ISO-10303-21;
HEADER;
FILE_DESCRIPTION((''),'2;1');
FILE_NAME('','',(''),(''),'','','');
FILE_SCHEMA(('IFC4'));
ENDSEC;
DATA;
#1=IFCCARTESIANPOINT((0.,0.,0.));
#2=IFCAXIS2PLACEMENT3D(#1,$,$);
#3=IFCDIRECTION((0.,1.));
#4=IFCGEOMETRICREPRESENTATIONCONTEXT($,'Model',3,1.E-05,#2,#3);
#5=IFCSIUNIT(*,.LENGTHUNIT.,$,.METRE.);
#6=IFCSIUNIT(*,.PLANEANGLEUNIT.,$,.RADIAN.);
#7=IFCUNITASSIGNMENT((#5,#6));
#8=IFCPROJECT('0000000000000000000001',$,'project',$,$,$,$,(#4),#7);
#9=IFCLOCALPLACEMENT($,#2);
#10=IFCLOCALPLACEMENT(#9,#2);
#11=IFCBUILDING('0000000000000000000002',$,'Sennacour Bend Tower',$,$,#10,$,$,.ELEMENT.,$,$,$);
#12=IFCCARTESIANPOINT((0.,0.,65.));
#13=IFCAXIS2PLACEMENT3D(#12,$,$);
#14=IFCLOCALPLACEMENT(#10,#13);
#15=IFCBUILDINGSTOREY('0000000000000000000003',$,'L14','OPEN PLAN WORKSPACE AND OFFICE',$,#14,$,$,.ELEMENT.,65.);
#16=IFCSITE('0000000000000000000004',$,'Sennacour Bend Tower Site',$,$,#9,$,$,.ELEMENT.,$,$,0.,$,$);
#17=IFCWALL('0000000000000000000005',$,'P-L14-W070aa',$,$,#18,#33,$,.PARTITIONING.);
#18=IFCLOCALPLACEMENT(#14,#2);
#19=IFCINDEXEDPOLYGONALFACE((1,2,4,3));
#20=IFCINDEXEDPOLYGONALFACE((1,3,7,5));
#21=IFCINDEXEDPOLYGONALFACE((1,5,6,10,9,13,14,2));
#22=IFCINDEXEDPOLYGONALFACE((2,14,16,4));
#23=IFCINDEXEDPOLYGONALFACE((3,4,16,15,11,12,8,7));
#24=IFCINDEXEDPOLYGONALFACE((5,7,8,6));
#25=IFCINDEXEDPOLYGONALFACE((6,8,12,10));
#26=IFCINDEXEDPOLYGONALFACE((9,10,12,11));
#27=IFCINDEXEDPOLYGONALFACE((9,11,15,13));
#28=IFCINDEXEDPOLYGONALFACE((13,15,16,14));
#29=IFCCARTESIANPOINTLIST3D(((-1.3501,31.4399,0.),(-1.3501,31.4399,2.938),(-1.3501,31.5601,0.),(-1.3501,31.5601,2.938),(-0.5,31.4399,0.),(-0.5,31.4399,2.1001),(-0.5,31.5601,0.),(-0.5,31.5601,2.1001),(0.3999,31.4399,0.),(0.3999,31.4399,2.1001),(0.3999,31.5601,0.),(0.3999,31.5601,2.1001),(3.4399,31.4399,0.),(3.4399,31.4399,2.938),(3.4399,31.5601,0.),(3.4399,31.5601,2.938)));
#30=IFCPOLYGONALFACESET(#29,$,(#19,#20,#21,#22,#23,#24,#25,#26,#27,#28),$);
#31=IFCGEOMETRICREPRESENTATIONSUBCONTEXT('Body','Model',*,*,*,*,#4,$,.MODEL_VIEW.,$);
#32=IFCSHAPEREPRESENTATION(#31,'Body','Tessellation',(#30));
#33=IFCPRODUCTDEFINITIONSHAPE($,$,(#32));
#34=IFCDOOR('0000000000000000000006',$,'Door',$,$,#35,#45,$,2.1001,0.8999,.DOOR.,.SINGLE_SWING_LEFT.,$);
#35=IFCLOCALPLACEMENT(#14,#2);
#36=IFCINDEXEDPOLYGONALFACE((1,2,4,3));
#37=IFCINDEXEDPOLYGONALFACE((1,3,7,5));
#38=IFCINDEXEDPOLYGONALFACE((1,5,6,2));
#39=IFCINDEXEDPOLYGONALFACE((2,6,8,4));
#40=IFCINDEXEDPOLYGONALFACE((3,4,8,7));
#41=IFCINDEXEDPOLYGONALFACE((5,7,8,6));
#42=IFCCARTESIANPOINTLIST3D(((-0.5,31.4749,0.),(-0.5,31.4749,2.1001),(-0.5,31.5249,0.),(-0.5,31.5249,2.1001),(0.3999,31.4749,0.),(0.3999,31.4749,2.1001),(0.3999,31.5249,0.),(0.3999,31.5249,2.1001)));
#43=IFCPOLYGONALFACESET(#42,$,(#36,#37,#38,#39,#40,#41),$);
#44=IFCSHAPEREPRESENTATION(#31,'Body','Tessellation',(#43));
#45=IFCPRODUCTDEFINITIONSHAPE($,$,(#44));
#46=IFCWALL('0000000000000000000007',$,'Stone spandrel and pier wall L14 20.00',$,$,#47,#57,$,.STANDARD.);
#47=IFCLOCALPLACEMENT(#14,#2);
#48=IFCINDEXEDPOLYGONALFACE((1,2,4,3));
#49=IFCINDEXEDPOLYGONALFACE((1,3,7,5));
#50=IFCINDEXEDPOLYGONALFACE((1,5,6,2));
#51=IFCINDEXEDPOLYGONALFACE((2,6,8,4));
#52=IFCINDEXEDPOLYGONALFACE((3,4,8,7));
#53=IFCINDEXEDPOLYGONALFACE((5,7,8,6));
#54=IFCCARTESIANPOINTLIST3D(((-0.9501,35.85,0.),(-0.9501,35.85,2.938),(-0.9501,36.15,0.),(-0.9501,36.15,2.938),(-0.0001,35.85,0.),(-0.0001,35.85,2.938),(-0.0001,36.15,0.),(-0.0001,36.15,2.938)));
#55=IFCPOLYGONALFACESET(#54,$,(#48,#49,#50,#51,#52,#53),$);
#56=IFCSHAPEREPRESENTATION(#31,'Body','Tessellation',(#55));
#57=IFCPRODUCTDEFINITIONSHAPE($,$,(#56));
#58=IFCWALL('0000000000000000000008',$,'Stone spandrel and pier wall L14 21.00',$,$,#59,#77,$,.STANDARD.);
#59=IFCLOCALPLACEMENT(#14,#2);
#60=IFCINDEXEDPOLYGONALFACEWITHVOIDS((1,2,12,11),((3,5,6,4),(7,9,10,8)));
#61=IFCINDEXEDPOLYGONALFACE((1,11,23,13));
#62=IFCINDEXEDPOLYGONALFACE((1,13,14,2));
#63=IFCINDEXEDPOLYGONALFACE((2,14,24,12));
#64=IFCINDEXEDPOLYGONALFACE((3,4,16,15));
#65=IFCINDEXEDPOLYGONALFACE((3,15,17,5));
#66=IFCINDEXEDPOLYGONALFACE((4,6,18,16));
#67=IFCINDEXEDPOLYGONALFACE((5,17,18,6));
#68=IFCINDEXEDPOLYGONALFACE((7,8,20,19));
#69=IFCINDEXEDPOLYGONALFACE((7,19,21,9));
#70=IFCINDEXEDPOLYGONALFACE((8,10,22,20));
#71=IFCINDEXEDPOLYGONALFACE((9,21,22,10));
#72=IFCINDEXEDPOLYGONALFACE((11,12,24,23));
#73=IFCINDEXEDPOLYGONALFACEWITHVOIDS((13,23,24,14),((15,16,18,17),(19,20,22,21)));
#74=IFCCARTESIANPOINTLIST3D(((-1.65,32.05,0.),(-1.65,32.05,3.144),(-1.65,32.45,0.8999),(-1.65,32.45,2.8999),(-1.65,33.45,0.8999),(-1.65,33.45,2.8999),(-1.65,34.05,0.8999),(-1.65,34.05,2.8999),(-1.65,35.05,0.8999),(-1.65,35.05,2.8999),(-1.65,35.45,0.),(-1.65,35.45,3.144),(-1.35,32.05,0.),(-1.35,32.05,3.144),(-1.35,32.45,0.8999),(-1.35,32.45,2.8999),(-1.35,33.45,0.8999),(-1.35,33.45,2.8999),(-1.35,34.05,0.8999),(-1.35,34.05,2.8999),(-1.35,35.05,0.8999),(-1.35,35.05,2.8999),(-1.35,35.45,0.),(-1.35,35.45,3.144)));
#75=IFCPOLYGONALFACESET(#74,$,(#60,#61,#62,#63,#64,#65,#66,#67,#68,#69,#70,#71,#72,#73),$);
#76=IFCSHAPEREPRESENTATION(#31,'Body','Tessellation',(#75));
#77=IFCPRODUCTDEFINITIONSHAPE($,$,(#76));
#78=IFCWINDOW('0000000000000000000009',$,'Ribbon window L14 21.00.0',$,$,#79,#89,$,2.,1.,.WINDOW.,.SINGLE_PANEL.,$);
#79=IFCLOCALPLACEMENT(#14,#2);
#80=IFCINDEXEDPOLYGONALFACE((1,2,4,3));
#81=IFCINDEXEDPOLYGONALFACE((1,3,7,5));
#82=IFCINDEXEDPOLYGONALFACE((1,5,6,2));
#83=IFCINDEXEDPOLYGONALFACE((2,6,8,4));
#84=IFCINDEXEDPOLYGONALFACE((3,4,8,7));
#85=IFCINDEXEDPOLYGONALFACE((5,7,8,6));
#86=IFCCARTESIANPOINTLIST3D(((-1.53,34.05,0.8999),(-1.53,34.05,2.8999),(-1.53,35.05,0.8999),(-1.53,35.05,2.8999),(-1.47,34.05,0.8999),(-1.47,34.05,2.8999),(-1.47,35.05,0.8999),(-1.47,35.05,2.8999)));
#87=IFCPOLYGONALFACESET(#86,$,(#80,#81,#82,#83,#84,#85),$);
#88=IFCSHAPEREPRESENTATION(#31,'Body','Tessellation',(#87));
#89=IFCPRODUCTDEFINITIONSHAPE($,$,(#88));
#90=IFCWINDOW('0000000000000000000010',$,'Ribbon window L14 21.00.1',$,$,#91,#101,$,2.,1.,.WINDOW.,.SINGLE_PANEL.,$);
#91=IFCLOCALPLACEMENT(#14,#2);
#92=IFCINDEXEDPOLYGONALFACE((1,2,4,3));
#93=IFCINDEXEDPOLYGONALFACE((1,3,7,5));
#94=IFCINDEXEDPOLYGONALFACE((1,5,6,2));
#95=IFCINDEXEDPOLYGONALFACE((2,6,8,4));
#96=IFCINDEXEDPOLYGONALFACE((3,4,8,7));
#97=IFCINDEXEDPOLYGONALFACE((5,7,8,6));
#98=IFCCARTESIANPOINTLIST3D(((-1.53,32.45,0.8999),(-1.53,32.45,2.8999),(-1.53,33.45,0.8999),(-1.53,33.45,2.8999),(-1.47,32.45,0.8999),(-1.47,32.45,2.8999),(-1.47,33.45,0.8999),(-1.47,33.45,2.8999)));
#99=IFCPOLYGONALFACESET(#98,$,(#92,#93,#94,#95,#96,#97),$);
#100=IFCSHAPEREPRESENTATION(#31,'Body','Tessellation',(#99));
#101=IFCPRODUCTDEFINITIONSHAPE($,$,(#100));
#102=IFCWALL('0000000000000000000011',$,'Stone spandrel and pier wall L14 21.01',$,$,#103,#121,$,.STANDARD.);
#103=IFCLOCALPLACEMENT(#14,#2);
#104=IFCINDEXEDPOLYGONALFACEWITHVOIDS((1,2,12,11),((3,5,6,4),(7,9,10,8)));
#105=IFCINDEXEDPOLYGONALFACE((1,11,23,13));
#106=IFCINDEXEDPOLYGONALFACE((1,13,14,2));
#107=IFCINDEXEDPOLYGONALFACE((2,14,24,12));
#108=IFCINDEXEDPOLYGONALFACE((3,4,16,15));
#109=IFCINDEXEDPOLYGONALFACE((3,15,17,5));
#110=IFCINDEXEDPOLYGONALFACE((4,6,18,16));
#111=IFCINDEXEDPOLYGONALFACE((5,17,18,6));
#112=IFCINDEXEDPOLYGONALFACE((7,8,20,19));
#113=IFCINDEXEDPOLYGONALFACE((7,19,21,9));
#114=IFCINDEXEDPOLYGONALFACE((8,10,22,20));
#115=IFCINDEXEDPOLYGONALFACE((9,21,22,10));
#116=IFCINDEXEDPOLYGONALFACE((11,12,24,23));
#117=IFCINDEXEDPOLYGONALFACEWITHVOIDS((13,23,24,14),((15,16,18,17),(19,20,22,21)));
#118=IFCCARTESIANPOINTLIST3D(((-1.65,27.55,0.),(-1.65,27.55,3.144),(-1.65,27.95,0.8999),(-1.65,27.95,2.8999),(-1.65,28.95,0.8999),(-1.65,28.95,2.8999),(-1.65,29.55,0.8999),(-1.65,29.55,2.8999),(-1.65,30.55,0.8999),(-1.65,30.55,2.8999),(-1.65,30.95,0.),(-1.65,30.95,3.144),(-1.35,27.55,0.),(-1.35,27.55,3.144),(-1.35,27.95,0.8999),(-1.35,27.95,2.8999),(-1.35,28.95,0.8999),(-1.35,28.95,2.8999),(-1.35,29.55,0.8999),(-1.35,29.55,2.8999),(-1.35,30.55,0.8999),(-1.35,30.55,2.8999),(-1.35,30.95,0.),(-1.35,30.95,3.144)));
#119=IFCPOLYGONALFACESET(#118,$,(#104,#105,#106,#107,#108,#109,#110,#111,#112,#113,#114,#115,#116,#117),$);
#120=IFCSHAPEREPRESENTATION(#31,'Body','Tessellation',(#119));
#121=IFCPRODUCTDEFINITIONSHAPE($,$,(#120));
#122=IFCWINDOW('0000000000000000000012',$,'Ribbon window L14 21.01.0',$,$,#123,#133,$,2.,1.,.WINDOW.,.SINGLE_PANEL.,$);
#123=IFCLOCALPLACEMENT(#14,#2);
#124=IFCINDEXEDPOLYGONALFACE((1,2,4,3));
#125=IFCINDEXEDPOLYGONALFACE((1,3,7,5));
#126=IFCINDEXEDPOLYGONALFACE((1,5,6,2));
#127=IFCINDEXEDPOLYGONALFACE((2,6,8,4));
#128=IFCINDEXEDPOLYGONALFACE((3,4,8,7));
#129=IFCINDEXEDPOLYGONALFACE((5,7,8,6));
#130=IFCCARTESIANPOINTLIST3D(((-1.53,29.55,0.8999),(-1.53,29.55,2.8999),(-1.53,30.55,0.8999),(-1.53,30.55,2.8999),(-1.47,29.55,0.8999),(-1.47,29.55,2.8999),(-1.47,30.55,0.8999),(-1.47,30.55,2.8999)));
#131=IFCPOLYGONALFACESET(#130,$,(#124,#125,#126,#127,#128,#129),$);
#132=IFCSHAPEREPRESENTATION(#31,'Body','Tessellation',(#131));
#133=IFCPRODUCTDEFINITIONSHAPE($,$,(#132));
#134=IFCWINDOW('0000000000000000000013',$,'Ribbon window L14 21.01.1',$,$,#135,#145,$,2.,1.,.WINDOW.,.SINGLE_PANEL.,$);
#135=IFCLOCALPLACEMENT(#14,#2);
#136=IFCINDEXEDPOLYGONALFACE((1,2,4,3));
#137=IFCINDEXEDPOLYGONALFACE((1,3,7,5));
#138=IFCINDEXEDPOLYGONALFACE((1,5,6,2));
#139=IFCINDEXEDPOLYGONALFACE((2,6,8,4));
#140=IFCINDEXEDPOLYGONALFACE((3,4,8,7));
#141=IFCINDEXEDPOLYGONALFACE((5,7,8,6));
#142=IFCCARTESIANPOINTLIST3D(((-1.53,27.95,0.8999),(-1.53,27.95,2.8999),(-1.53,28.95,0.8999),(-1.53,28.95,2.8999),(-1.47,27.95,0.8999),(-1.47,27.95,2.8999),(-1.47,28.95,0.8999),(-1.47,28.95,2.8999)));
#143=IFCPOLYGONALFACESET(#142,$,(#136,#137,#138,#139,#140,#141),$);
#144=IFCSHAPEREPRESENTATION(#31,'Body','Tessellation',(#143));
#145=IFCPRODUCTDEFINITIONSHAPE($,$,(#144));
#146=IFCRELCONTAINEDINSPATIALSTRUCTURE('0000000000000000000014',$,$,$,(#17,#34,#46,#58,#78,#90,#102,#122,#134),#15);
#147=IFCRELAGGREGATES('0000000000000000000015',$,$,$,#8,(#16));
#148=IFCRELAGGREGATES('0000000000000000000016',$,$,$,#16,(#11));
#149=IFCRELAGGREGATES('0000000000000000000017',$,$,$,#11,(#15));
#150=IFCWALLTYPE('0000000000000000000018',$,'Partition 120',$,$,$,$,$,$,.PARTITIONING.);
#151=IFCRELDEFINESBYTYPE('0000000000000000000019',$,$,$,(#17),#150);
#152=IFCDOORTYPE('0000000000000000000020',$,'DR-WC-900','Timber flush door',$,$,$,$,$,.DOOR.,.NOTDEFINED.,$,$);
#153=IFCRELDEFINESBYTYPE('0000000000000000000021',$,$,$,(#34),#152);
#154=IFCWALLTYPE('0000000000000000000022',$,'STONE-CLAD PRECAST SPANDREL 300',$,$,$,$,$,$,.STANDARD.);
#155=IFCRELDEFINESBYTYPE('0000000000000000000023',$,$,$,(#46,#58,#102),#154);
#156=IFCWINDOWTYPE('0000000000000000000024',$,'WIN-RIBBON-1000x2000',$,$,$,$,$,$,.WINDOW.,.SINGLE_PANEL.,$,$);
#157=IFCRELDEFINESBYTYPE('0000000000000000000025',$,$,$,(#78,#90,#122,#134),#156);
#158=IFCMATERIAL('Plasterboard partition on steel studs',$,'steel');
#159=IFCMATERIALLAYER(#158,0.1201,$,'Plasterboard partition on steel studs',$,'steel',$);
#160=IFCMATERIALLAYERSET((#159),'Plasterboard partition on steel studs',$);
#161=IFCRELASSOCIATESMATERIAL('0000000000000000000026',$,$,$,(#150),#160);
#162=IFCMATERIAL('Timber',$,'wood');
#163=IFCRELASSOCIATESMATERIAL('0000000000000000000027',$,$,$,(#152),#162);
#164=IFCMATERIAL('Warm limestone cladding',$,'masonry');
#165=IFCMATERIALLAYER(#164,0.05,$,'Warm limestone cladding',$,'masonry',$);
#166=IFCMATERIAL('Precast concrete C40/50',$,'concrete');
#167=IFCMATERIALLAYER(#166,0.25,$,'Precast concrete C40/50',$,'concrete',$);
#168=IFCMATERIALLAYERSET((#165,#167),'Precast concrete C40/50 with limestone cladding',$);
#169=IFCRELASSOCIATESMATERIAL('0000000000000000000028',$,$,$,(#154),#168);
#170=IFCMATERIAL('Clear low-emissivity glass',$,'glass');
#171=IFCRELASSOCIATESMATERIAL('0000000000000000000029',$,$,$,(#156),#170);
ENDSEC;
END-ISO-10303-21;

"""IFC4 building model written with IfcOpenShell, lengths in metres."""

from ifc_helpers import new_model, si_unit, direction, frame, frame_2d, origin, place, context, subcontext, project, spatial, rectangle, extrude, material, layer, layer_set, type_object, element, fill, save


model = new_model("IFC4")

# Units and contexts
model_context = context("Model", 3, precision=1e-05, world=origin(), true_north=direction((0.0, 1.0)))
body_context = subcontext(model_context, "Body", "Model", "MODEL_VIEW")
ifc_project = project(units=[si_unit("LENGTHUNIT", "METRE"), si_unit("PLANEANGLEUNIT", "RADIAN")], contexts=[model_context])

# Site, building, storey
site_placement = place(None, origin())
site = spatial("IfcSite", under=ifc_project, at=site_placement, Name="Sennacour Bend Tower Site", CompositionType="ELEMENT", RefElevation=0.0)
building_placement = place(site_placement, origin())
building = spatial("IfcBuilding", under=site, at=building_placement, Name="Sennacour Bend Tower", CompositionType="ELEMENT")
storey_placement = place(building_placement, frame((0.0, 0.0, 65.0)))
storey = spatial("IfcBuildingStorey", under=building, at=storey_placement, Name="L14", Description="OPEN PLAN WORKSPACE AND OFFICE", CompositionType="ELEMENT", Elevation=65.0)

# Shared definitions
ifc_material_1 = material(Name="Plasterboard partition on steel studs", Category="steel")
ifc_layer_1 = layer(ifc_material_1, 0.1201, Name="Plasterboard partition on steel studs", Category="steel")
ifc_layer_set_1 = layer_set([ifc_layer_1], Name="Plasterboard partition on steel studs")
wall_type_1 = type_object("IfcWallType", Name="Partition 120", PredefinedType="PARTITIONING", material=ifc_layer_set_1)

# Wall, opening, door
wall_1_placement = place(storey_placement, frame((-1.3501, 31.5, 0.0), z_axis=(0.0, 0.0, 1.0), x_axis=(1.0, 0.0, 0.0)))
wall_1 = element("IfcWall", 1, at=wall_1_placement, inside=storey, type_object=wall_type_1, Name="P-L14-W070aa", PredefinedType="PARTITIONING", context=body_context, shape_type="SweptSolid", body=[
    extrude(rectangle(XDim=4.79, YDim=0.1201, at=frame_2d((2.395, 0.0))), origin(), (0.0, 0.0, 1.0), 2.938),
])
opening_1_placement = place(wall_1_placement, frame((0.8501, 0.0, 0.0)))
opening_1 = element("IfcOpeningElement", 2, at=opening_1_placement, cuts=wall_1, PredefinedType="OPENING", context=body_context, shape_type="SweptSolid", body=[
    extrude(rectangle(XDim=0.8999, YDim=2.1001, at=frame_2d((0.45, 1.05))), frame((0.0, 0.0701, 0.0), z_axis=(0.0, -1.0, 0.0), x_axis=(1.0, 0.0, 0.0)), (0.0, 0.0, 1.0), 0.1401),
])
ifc_material_2 = material(Name="Timber", Category="wood")
door_type = type_object("IfcDoorType", Name="DR-WC-900", Description="Timber flush door", OperationType="NOTDEFINED", PredefinedType="DOOR", material=ifc_material_2)
door_placement = place(opening_1_placement, origin())
door = element("IfcDoor", 3, at=door_placement, inside=storey, type_object=door_type, Name="Door", OperationType="SINGLE_SWING_LEFT", OverallHeight=2.1001, OverallWidth=0.8999, PredefinedType="DOOR", context=body_context, shape_type="SweptSolid", body=[
    extrude(rectangle(XDim=0.8999, YDim=2.1001, at=frame_2d((0.45, 1.05))), frame((0.0, 0.0249, 0.0), z_axis=(0.0, -1.0, 0.0), x_axis=(1.0, 0.0, 0.0)), (0.0, 0.0, 1.0), 0.05),
])
fill(opening_1, door)

# Wall
ifc_material_3 = material(Name="Warm limestone cladding", Category="masonry")
ifc_layer_2 = layer(ifc_material_3, 0.05, Name="Warm limestone cladding", Category="masonry")
ifc_material_4 = material(Name="Precast concrete C40/50", Category="concrete")
ifc_layer_3 = layer(ifc_material_4, 0.25, Name="Precast concrete C40/50", Category="concrete")
ifc_layer_set_2 = layer_set([ifc_layer_2, ifc_layer_3], Name="Precast concrete C40/50 with limestone cladding")
wall_type_2 = type_object("IfcWallType", Name="STONE-CLAD PRECAST SPANDREL 300", PredefinedType="STANDARD", material=ifc_layer_set_2)
wall_2_placement = place(storey_placement, frame((0.0, 36.0, 0.0), z_axis=(0.0, 0.0, 1.0), x_axis=(-1.0, 0.0, 0.0)))
element("IfcWall", 4, at=wall_2_placement, inside=storey, type_object=wall_type_2, Name="Stone spandrel and pier wall L14 20.00", PredefinedType="STANDARD", context=body_context, shape_type="SweptSolid", body=[
    extrude(rectangle(XDim=0.95, YDim=0.3, at=frame_2d((0.4751, 0.0))), origin(), (0.0, 0.0, 1.0), 2.938),
])

# Walls, openings, windows
wall_3_placement = place(storey_placement, frame((-1.5, 35.45, 0.0), z_axis=(0.0, 0.0, 1.0), x_axis=(0.0, -1.0, 0.0)))
wall_3 = element("IfcWall", 5, at=wall_3_placement, inside=storey, type_object=wall_type_2, Name="Stone spandrel and pier wall L14 21.00", PredefinedType="STANDARD", context=body_context, shape_type="SweptSolid", body=[
    extrude(rectangle(XDim=3.3999, YDim=0.3, at=frame_2d((1.7, 0.0))), origin(), (0.0, 0.0, 1.0), 3.144),
])
opening_2_placement = place(wall_3_placement, frame((0.3999, 0.0, 0.8999)))
opening_2 = element("IfcOpeningElement", 6, at=opening_2_placement, cuts=wall_3, PredefinedType="OPENING", context=body_context, shape_type="SweptSolid", body=[
    extrude(rectangle(XDim=1.0, YDim=2.0, at=frame_2d((0.5, 1.0))), frame((0.0, 0.1602, 0.0), z_axis=(0.0, -1.0, 0.0), x_axis=(1.0, 0.0, 0.0)), (0.0, 0.0, 1.0), 0.3201),
])
opening_3_placement = place(wall_3_placement, frame((2.0, 0.0, 0.8999)))
opening_3 = element("IfcOpeningElement", 7, at=opening_3_placement, cuts=wall_3, PredefinedType="OPENING", context=body_context, shape_type="SweptSolid", body=[
    extrude(rectangle(XDim=1.0, YDim=2.0, at=frame_2d((0.5, 1.0))), frame((0.0, 0.1602, 0.0), z_axis=(0.0, -1.0, 0.0), x_axis=(1.0, 0.0, 0.0)), (0.0, 0.0, 1.0), 0.3201),
])
ifc_material_5 = material(Name="Clear low-emissivity glass", Category="glass")
window_type = type_object("IfcWindowType", Name="WIN-RIBBON-1000x2000", PartitioningType="SINGLE_PANEL", PredefinedType="WINDOW", material=ifc_material_5)
window_1_placement = place(opening_2_placement, origin())
window_1 = element("IfcWindow", 8, at=window_1_placement, inside=storey, type_object=window_type, Name="Ribbon window L14 21.00.0", OverallHeight=2.0, OverallWidth=1.0, PartitioningType="SINGLE_PANEL", PredefinedType="WINDOW", context=body_context, shape_type="SweptSolid", body=[
    extrude(rectangle(XDim=1.0, YDim=2.0, at=frame_2d((0.5, 1.0))), frame((0.0, 0.03, 0.0), z_axis=(0.0, -1.0, 0.0), x_axis=(1.0, 0.0, 0.0)), (0.0, 0.0, 1.0), 0.0601),
])
fill(opening_2, window_1)
window_2_placement = place(opening_3_placement, origin())
window_2 = element("IfcWindow", 9, at=window_2_placement, inside=storey, type_object=window_type, Name="Ribbon window L14 21.00.1", OverallHeight=2.0, OverallWidth=1.0, PartitioningType="SINGLE_PANEL", PredefinedType="WINDOW", context=body_context, shape_type="SweptSolid", body=[
    extrude(rectangle(XDim=1.0, YDim=2.0, at=frame_2d((0.5, 1.0))), frame((0.0, 0.03, 0.0), z_axis=(0.0, -1.0, 0.0), x_axis=(1.0, 0.0, 0.0)), (0.0, 0.0, 1.0), 0.0601),
])
fill(opening_3, window_2)
wall_4_placement = place(storey_placement, frame((-1.5, 30.95, 0.0), z_axis=(0.0, 0.0, 1.0), x_axis=(0.0, -1.0, 0.0)))
wall_4 = element("IfcWall", 10, at=wall_4_placement, inside=storey, type_object=wall_type_2, Name="Stone spandrel and pier wall L14 21.01", PredefinedType="STANDARD", context=body_context, shape_type="SweptSolid", body=[
    extrude(rectangle(XDim=3.3999, YDim=0.3, at=frame_2d((1.7, 0.0))), origin(), (0.0, 0.0, 1.0), 3.144),
])
opening_4_placement = place(wall_4_placement, frame((0.3999, 0.0, 0.8999)))
opening_4 = element("IfcOpeningElement", 11, at=opening_4_placement, cuts=wall_4, PredefinedType="OPENING", context=body_context, shape_type="SweptSolid", body=[
    extrude(rectangle(XDim=1.0, YDim=2.0, at=frame_2d((0.5, 1.0))), frame((0.0, 0.1602, 0.0), z_axis=(0.0, -1.0, 0.0), x_axis=(1.0, 0.0, 0.0)), (0.0, 0.0, 1.0), 0.3201),
])
opening_5_placement = place(wall_4_placement, frame((2.0, 0.0, 0.8999)))
opening_5 = element("IfcOpeningElement", 12, at=opening_5_placement, cuts=wall_4, PredefinedType="OPENING", context=body_context, shape_type="SweptSolid", body=[
    extrude(rectangle(XDim=1.0, YDim=2.0, at=frame_2d((0.5, 1.0))), frame((0.0, 0.1602, 0.0), z_axis=(0.0, -1.0, 0.0), x_axis=(1.0, 0.0, 0.0)), (0.0, 0.0, 1.0), 0.3201),
])
window_3_placement = place(opening_4_placement, origin())
window_3 = element("IfcWindow", 13, at=window_3_placement, inside=storey, type_object=window_type, Name="Ribbon window L14 21.01.0", OverallHeight=2.0, OverallWidth=1.0, PartitioningType="SINGLE_PANEL", PredefinedType="WINDOW", context=body_context, shape_type="SweptSolid", body=[
    extrude(rectangle(XDim=1.0, YDim=2.0, at=frame_2d((0.5, 1.0))), frame((0.0, 0.03, 0.0), z_axis=(0.0, -1.0, 0.0), x_axis=(1.0, 0.0, 0.0)), (0.0, 0.0, 1.0), 0.0601),
])
fill(opening_4, window_3)
window_4_placement = place(opening_5_placement, origin())
window_4 = element("IfcWindow", 14, at=window_4_placement, inside=storey, type_object=window_type, Name="Ribbon window L14 21.01.1", OverallHeight=2.0, OverallWidth=1.0, PartitioningType="SINGLE_PANEL", PredefinedType="WINDOW", context=body_context, shape_type="SweptSolid", body=[
    extrude(rectangle(XDim=1.0, YDim=2.0, at=frame_2d((0.5, 1.0))), frame((0.0, 0.03, 0.0), z_axis=(0.0, -1.0, 0.0), x_axis=(1.0, 0.0, 0.0)), (0.0, 0.0, 1.0), 0.0601),
])
fill(opening_5, window_4)

save(model, "model.ifc")
